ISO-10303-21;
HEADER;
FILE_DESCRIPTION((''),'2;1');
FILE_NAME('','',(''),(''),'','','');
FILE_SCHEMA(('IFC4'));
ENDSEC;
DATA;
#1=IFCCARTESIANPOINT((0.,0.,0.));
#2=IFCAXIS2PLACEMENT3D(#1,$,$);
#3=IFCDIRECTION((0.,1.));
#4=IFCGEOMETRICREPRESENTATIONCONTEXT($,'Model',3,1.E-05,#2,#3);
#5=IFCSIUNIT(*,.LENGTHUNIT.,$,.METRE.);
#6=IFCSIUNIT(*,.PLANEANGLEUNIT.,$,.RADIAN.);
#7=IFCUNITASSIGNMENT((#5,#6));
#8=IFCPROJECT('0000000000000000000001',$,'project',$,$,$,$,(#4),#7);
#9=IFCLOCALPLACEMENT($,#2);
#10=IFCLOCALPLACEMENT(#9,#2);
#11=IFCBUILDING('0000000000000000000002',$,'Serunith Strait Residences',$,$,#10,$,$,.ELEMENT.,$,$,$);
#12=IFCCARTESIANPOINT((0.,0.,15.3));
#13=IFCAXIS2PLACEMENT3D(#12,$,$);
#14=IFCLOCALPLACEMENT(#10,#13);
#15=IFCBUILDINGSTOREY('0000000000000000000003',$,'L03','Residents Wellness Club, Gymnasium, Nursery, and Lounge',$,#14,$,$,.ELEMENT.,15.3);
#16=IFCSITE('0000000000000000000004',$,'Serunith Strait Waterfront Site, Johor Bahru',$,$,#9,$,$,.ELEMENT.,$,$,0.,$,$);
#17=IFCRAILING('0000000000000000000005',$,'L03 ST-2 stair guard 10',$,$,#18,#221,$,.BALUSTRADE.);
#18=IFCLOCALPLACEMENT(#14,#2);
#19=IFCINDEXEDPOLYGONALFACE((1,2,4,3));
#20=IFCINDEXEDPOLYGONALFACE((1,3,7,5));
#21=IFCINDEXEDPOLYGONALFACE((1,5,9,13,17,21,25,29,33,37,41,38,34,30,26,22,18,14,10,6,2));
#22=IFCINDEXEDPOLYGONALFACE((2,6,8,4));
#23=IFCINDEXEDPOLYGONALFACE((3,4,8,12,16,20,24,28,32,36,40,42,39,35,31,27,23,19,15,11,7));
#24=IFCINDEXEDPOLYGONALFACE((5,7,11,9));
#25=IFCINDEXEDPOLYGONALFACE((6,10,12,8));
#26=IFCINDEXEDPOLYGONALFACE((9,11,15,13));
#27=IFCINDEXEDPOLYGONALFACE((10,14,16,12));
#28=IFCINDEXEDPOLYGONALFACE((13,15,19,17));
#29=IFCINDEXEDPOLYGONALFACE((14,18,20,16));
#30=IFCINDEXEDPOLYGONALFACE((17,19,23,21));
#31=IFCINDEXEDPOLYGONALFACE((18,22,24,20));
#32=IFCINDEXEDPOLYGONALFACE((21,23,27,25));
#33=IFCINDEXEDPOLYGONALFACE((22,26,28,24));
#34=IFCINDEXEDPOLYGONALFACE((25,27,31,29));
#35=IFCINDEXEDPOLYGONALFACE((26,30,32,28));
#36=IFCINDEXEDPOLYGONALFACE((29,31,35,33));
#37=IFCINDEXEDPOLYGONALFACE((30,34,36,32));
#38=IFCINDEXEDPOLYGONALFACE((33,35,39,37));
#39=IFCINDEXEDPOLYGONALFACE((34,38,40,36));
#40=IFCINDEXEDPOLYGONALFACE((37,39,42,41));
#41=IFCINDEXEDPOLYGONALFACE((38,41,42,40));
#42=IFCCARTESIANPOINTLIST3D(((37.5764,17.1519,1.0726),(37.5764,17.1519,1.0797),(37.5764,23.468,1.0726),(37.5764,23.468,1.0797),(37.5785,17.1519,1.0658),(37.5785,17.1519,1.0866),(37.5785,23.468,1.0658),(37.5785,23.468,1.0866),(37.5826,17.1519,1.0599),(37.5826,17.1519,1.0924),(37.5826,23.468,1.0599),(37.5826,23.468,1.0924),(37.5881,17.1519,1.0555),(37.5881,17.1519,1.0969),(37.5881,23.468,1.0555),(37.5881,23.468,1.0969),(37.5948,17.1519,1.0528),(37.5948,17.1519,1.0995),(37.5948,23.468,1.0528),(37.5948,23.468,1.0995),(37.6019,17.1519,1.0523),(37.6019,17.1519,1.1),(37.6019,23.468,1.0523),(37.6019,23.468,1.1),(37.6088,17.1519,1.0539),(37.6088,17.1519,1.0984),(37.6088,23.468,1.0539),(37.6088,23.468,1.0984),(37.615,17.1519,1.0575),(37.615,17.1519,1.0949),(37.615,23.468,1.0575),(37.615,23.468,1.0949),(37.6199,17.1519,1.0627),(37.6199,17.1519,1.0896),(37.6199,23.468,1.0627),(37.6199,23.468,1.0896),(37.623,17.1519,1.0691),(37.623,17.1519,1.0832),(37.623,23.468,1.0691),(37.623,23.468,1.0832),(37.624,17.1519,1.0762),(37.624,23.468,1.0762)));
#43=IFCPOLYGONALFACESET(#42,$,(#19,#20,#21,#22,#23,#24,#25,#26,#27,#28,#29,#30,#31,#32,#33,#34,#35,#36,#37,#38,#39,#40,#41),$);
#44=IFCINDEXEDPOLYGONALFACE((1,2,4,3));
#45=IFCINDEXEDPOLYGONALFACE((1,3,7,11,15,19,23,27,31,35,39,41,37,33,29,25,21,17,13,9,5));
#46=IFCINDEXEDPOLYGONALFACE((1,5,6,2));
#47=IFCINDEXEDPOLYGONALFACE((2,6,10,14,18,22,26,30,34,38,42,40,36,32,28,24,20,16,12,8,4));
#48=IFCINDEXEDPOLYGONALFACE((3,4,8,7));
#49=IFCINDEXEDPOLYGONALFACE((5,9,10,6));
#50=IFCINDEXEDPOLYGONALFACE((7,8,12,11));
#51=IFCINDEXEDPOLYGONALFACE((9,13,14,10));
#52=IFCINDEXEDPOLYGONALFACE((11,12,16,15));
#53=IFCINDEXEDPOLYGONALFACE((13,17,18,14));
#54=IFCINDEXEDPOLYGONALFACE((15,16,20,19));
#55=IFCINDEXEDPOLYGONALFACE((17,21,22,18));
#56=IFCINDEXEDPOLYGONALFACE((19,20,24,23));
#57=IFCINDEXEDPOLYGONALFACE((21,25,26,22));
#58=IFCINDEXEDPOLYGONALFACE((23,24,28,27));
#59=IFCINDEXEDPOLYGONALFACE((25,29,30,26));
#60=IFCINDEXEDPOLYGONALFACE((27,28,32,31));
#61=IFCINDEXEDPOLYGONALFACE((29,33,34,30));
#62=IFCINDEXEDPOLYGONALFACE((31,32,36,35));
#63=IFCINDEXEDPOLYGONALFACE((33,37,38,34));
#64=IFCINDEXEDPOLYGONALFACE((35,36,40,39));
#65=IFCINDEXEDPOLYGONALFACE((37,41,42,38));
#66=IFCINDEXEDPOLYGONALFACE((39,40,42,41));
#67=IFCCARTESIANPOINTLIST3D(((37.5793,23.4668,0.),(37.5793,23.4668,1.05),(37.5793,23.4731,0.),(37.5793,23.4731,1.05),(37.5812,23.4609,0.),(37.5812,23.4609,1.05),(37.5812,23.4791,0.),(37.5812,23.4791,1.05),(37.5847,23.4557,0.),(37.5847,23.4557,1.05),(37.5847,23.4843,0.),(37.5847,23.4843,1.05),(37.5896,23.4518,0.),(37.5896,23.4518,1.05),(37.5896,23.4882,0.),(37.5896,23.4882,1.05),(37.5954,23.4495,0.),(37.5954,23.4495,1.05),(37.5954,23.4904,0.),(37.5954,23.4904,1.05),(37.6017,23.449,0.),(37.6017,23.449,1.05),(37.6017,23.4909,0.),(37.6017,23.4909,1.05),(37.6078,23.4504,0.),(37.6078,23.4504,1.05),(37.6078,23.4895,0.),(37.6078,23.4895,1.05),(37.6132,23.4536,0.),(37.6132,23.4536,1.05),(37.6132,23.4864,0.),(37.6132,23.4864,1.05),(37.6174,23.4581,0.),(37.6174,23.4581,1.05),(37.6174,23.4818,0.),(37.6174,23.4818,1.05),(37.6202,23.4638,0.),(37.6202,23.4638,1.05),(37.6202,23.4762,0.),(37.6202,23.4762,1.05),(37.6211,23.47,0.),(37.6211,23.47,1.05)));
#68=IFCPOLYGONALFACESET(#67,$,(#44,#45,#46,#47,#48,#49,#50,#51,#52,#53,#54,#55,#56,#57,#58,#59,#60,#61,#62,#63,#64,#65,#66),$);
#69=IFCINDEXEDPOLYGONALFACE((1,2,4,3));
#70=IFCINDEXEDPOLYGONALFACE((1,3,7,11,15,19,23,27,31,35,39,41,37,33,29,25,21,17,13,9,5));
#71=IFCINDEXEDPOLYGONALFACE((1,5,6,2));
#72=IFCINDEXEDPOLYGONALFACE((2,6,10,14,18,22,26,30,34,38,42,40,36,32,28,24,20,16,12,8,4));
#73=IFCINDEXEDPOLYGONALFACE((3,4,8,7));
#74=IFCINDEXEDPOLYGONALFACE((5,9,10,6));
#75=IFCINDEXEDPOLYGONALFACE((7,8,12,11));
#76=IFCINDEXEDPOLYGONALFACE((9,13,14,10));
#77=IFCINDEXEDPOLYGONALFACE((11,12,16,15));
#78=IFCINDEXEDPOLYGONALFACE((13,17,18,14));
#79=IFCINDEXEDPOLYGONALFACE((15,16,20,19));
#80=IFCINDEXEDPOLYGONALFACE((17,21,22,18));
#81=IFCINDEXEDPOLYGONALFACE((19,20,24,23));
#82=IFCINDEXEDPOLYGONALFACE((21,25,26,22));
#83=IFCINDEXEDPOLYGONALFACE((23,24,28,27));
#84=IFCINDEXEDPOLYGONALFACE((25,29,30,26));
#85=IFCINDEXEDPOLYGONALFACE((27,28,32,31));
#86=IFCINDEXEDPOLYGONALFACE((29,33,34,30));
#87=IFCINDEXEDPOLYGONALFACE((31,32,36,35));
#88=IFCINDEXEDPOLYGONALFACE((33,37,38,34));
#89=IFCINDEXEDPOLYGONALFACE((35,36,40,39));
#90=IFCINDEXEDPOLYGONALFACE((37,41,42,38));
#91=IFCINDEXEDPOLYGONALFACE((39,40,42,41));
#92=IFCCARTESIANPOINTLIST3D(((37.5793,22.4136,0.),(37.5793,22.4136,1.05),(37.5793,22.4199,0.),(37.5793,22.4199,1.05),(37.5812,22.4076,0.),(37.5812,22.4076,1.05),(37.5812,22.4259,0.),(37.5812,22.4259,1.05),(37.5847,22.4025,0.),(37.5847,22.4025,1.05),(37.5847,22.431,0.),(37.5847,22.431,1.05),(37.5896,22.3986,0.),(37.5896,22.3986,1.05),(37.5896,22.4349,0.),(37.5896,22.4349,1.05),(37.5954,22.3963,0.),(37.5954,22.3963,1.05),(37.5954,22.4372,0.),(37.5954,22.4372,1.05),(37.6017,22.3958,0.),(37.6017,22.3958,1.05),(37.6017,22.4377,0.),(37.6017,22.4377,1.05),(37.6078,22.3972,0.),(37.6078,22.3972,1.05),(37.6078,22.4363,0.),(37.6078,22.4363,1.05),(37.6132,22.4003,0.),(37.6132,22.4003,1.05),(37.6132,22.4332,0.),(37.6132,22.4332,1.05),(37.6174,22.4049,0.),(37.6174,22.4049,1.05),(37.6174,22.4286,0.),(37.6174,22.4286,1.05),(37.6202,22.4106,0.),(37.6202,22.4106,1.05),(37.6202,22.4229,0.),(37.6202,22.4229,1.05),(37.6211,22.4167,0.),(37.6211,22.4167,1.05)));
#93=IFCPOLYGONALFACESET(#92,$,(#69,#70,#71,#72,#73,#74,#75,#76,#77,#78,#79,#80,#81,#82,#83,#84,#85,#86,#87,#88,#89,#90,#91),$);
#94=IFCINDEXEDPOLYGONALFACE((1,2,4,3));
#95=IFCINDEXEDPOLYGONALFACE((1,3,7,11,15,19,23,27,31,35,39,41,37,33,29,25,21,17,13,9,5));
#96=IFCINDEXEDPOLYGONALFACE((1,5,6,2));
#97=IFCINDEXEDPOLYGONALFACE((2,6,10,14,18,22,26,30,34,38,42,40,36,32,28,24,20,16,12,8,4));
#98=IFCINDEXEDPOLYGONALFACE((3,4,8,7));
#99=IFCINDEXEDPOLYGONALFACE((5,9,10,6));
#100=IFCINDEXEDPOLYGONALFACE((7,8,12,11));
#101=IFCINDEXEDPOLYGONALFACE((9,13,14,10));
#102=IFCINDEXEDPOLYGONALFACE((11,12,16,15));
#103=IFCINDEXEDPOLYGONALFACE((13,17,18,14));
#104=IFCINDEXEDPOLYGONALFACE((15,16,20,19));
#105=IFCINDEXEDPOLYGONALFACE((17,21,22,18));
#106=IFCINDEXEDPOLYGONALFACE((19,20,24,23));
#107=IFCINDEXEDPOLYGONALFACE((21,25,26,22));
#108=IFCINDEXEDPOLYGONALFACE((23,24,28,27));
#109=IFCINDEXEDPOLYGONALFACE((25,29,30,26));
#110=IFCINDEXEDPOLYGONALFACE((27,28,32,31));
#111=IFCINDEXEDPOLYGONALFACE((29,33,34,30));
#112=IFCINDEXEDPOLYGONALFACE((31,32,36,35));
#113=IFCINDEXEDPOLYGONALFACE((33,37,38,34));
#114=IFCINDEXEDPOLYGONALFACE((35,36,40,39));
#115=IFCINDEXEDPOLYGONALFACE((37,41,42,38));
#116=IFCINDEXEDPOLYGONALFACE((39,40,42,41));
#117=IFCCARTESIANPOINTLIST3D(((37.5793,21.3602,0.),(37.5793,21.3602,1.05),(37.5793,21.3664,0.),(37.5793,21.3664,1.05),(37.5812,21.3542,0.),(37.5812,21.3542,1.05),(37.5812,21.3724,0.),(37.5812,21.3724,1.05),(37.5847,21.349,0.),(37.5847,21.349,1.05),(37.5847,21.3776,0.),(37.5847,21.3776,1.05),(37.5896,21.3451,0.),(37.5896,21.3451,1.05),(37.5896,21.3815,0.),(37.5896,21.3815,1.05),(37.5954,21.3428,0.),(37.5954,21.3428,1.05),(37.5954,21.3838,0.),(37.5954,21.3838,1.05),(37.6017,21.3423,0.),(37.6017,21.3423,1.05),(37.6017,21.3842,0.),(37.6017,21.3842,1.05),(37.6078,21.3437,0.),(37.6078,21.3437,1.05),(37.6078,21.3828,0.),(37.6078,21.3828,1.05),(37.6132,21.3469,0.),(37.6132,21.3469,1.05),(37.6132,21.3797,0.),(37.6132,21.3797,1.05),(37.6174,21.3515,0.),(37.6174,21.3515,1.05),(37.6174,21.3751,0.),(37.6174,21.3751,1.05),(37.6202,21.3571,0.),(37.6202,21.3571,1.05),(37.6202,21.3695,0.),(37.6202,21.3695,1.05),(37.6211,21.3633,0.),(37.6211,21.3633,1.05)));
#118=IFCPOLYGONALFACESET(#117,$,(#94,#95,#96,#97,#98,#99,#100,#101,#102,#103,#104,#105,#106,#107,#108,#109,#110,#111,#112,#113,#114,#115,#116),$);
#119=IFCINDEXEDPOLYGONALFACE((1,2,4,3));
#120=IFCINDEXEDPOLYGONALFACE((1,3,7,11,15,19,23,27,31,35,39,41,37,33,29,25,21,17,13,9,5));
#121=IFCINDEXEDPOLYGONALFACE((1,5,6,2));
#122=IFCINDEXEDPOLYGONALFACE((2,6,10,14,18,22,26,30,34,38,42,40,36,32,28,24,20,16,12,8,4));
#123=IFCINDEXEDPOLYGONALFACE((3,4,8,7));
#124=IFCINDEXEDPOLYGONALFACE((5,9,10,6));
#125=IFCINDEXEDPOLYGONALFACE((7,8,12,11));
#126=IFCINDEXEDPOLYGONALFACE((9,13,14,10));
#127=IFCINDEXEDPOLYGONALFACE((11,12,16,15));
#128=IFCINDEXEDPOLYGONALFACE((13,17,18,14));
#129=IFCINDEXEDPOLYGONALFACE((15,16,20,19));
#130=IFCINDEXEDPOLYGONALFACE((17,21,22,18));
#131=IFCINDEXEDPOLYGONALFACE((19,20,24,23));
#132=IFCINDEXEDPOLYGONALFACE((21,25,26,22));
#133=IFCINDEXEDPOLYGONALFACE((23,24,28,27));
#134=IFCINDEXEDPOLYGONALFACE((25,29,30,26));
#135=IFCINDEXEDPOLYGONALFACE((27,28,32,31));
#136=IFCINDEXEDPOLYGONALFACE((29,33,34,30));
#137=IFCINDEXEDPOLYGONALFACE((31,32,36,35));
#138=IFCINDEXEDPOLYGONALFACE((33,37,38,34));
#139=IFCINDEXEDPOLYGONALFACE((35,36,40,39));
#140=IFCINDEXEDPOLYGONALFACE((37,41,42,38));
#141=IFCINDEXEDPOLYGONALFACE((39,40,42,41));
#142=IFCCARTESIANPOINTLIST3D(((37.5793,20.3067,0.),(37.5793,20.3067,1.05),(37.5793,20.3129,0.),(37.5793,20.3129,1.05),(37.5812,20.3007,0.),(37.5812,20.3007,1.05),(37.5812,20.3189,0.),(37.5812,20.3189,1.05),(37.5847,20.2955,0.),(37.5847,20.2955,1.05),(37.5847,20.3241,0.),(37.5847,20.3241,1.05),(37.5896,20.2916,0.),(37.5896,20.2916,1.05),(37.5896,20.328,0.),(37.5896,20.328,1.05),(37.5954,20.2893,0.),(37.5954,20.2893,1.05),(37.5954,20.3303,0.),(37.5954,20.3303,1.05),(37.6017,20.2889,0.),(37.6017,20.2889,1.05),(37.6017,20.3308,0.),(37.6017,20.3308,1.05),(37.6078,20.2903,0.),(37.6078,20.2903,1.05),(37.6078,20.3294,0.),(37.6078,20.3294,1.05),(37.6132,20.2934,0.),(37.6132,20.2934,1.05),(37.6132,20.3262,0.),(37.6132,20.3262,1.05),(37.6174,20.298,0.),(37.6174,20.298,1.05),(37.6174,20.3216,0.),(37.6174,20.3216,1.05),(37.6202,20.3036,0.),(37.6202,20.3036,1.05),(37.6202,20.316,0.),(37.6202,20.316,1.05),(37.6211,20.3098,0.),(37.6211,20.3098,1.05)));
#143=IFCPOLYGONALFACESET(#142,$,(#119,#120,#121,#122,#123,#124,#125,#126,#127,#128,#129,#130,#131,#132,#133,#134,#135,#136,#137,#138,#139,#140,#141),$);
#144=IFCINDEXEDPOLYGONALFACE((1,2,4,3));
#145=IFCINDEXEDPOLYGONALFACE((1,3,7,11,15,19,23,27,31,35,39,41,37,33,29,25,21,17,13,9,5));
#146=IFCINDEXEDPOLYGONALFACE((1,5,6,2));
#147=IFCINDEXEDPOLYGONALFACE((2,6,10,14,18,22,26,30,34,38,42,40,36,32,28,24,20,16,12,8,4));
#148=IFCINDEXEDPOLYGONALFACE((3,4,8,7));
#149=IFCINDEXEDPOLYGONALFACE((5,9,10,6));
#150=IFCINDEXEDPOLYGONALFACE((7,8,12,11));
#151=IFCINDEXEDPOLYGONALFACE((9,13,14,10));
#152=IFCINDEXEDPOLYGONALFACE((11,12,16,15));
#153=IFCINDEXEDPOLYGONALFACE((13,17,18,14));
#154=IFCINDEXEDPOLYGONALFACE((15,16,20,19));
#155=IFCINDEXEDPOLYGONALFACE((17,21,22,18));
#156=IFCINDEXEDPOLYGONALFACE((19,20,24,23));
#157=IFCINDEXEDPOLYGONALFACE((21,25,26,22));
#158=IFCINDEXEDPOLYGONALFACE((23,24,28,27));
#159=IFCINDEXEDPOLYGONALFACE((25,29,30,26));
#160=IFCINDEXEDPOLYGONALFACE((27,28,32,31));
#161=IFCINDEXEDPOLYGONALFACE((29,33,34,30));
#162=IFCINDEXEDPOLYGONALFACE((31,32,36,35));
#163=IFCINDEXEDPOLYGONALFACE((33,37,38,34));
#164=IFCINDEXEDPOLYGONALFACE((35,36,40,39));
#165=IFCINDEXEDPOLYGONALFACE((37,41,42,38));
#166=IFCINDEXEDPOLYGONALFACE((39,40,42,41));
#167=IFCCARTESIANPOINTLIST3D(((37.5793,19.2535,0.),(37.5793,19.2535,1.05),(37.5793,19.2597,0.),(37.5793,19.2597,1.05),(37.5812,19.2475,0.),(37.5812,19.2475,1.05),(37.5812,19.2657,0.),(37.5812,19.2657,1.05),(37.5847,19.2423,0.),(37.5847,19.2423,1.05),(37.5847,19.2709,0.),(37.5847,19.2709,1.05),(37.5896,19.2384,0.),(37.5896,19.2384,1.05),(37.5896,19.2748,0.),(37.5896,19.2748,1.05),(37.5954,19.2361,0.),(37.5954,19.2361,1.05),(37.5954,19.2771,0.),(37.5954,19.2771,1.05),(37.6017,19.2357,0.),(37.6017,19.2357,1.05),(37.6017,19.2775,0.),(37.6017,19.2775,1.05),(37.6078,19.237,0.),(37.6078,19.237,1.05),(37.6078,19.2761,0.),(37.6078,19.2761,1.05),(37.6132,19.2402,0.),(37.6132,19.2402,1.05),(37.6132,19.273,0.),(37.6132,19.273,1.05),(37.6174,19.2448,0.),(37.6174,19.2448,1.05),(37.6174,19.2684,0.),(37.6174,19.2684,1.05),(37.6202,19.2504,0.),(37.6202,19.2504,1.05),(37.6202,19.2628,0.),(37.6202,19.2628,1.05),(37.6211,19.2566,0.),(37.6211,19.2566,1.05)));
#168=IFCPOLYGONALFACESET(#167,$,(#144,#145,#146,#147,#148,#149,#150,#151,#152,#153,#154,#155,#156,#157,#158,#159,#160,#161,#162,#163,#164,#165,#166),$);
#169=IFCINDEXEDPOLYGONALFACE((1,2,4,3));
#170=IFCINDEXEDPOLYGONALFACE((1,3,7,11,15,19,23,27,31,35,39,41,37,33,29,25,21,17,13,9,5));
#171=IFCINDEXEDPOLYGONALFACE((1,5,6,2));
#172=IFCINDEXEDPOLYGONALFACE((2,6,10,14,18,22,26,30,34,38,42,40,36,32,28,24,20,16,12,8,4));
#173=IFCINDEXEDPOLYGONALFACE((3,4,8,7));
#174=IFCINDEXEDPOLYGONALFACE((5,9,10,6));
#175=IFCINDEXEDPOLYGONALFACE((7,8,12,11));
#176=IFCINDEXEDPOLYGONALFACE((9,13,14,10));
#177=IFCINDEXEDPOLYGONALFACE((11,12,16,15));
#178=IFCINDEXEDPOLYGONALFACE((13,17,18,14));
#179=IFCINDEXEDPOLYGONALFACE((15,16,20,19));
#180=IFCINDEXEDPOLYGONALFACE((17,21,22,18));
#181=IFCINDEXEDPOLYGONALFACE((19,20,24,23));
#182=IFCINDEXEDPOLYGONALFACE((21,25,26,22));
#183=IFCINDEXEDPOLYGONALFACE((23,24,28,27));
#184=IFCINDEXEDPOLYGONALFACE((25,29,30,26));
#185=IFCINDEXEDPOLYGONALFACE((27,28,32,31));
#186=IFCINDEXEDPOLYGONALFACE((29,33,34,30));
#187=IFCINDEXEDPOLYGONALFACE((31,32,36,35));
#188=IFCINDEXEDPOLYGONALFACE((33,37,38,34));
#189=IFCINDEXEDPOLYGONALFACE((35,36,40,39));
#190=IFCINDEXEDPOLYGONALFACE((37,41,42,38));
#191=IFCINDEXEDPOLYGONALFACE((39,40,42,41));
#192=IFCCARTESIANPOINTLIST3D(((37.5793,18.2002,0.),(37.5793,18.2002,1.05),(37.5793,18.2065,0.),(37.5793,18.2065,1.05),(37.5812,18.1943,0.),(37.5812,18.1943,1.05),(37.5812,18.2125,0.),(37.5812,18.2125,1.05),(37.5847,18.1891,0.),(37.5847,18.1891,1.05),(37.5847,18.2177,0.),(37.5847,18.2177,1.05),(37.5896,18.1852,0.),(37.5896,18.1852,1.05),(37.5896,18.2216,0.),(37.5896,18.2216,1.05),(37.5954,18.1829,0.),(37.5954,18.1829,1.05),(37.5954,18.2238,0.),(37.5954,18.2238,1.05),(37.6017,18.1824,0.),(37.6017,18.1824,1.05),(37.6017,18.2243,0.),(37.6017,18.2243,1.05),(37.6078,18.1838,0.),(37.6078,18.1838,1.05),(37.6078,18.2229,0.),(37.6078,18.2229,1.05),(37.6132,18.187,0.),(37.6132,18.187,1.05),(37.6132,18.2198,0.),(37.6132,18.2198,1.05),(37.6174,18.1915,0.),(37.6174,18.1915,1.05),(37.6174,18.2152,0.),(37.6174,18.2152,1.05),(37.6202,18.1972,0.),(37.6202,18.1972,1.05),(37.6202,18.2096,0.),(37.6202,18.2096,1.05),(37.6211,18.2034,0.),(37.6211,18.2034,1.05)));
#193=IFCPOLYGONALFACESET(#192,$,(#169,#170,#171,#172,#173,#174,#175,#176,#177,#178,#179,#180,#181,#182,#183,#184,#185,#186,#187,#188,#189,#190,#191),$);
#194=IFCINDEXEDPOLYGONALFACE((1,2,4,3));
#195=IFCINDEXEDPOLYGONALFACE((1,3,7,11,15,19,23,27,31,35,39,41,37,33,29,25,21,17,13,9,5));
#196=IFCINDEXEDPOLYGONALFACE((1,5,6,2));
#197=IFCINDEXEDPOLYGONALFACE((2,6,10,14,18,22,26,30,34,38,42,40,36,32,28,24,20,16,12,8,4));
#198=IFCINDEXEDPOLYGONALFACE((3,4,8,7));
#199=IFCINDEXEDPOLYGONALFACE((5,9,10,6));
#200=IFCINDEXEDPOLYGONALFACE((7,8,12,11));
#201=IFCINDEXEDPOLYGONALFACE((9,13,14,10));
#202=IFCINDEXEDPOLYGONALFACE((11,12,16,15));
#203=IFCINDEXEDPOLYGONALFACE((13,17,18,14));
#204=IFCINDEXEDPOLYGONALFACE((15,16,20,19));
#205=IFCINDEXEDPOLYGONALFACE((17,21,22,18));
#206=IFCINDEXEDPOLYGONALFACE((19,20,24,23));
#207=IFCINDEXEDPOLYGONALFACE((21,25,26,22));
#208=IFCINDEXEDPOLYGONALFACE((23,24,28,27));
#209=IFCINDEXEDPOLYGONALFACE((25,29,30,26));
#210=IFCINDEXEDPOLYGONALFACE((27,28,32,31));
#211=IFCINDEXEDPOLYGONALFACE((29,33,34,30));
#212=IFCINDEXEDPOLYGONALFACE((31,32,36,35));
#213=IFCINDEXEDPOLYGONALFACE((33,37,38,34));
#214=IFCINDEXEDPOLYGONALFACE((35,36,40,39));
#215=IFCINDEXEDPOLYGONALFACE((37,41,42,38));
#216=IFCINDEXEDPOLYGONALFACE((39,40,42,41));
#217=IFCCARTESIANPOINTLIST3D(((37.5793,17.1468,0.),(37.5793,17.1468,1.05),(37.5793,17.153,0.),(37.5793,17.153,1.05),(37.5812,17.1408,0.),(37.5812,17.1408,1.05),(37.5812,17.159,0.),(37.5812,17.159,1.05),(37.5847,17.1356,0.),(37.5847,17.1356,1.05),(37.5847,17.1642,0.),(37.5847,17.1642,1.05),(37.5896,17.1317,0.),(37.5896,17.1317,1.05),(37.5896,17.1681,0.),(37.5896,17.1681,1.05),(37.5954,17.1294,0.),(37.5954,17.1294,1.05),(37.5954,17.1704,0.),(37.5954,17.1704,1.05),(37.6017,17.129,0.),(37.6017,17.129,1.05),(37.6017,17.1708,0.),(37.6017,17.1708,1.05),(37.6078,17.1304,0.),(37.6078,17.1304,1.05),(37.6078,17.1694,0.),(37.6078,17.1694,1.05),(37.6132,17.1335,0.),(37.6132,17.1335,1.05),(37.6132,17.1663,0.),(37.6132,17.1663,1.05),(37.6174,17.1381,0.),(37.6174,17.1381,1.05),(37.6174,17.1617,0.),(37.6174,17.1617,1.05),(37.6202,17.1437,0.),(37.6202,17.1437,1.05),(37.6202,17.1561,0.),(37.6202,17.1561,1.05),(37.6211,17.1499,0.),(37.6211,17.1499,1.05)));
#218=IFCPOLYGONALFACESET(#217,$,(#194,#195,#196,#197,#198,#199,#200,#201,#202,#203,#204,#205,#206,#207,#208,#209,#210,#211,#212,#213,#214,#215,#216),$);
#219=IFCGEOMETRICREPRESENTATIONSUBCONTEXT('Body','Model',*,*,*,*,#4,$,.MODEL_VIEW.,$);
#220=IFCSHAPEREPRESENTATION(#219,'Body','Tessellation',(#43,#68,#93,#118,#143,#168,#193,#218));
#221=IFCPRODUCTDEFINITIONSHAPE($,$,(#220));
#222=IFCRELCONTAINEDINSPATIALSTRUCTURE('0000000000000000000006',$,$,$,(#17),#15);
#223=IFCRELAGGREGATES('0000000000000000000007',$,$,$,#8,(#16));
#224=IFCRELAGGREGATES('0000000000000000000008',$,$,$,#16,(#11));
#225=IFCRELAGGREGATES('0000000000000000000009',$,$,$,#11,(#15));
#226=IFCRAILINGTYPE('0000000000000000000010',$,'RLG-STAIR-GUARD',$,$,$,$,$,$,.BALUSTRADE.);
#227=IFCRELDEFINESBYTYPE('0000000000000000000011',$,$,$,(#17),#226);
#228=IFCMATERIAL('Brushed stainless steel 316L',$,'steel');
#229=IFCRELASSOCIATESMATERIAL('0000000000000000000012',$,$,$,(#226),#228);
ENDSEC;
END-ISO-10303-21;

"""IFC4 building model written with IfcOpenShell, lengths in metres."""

from ifc_helpers import new_model, si_unit, direction, frame, origin, origin_2d, place, context, subcontext, project, spatial, circle, extrude, material, type_object, element, save


model = new_model("IFC4")

# Units and contexts
model_context = context("Model", 3, precision=1e-05, world=origin(), true_north=direction((0.0, 1.0)))
body_context = subcontext(model_context, "Body", "Model", "MODEL_VIEW")
ifc_project = project(units=[si_unit("LENGTHUNIT", "METRE"), si_unit("PLANEANGLEUNIT", "RADIAN")], contexts=[model_context])

# Site, building, storey
site_placement = place(None, origin())
site = spatial("IfcSite", under=ifc_project, at=site_placement, Name="Serunith Strait Waterfront Site, Johor Bahru", CompositionType="ELEMENT", RefElevation=0.0)
building_placement = place(site_placement, origin())
building = spatial("IfcBuilding", under=site, at=building_placement, Name="Serunith Strait Residences", CompositionType="ELEMENT")
storey_placement = place(building_placement, frame((0.0, 0.0, 15.3)))
storey = spatial("IfcBuildingStorey", under=building, at=storey_placement, Name="L03", Description="Residents Wellness Club, Gymnasium, Nursery, and Lounge", CompositionType="ELEMENT", Elevation=15.3)

# Railing
ifc_material_1 = material(Name="Brushed stainless steel 316L", Category="steel")
railing_type_1 = type_object("IfcRailingType", Name="RLG-STAIR-GUARD", PredefinedType="BALUSTRADE", material=ifc_material_1)
railing_1_placement = place(storey_placement, frame((37.6001, 23.47, 0.0)))
element("IfcRailing", 1, at=railing_1_placement, inside=storey, type_object=railing_type_1, Name="L03 ST-2 stair guard 10", PredefinedType="BALUSTRADE", context=body_context, shape_type="SweptSolid", body=[
    extrude(circle(Radius=0.0239, at=origin_2d()), frame((0.0, -0.002, 1.0762), z_axis=(0.0, -1.0, 0.0), x_axis=(1.0, 0.0, 0.0)), (0.0, 0.0, 1.0), 6.3162),
    extrude(circle(Radius=0.021, at=origin_2d()), origin(), (0.0, 0.0, 1.0), 1.05),
    extrude(circle(Radius=0.021, at=origin_2d()), frame((0.0, -1.0532, 0.0)), (0.0, 0.0, 1.0), 1.05),
    extrude(circle(Radius=0.021, at=origin_2d()), frame((0.0, -2.1067, 0.0)), (0.0, 0.0, 1.0), 1.05),
    extrude(circle(Radius=0.021, at=origin_2d()), frame((0.0, -3.1602, 0.0)), (0.0, 0.0, 1.0), 1.05),
    extrude(circle(Radius=0.021, at=origin_2d()), frame((0.0, -4.2134, 0.0)), (0.0, 0.0, 1.0), 1.05),
    extrude(circle(Radius=0.021, at=origin_2d()), frame((0.0, -5.2666, 0.0)), (0.0, 0.0, 1.0), 1.05),
    extrude(circle(Radius=0.021, at=origin_2d()), frame((0.0, -6.3201, 0.0)), (0.0, 0.0, 1.0), 1.05),
])

save(model, "model.ifc")
